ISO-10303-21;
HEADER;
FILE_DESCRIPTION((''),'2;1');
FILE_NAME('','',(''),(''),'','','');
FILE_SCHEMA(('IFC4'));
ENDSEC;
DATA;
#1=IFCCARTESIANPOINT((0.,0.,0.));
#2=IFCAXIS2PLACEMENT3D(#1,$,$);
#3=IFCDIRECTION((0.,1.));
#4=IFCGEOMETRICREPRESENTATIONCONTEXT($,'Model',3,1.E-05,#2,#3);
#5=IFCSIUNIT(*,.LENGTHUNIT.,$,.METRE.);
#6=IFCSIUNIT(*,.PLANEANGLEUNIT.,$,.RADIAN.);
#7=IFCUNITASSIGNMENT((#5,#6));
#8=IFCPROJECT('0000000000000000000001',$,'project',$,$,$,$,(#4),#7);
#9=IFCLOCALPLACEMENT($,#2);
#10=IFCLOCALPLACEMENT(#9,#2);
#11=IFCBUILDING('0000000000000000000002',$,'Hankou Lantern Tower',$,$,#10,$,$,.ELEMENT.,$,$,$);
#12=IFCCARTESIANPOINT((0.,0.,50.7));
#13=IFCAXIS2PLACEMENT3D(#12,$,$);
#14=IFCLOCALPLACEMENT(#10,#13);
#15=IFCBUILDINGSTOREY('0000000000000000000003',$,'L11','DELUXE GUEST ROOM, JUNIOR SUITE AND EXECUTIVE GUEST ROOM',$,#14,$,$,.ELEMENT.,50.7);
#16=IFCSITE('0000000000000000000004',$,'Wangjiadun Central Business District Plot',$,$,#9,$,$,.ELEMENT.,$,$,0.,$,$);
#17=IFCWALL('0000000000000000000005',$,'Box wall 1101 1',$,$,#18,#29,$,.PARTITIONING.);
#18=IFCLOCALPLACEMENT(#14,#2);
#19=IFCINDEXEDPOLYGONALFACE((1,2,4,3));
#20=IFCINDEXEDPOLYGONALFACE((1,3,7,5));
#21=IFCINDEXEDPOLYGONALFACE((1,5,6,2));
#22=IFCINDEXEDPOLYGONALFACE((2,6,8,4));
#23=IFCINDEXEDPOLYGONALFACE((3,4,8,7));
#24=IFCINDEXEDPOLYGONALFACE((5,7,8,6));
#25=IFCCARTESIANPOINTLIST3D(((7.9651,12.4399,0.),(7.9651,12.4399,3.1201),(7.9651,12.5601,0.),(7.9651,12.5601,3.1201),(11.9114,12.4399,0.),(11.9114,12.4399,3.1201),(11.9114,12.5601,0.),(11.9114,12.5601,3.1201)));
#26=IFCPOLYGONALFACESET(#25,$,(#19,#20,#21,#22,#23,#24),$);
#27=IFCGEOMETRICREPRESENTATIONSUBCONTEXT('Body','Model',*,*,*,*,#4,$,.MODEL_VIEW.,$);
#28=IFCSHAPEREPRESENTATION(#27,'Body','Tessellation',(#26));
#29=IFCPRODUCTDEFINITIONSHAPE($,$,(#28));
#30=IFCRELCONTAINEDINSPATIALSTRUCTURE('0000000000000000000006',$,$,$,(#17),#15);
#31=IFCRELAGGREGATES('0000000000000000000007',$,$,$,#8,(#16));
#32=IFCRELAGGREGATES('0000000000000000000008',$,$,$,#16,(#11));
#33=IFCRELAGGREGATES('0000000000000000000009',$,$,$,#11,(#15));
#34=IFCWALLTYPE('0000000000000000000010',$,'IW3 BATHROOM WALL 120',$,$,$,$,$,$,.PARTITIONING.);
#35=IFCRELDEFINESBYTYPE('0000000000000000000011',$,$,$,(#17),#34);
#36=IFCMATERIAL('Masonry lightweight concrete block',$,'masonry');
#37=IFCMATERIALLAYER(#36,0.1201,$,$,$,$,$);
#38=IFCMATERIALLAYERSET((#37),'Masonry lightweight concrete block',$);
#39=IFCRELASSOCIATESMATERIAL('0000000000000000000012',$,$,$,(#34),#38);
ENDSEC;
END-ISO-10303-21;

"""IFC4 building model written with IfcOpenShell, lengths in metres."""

from ifc_helpers import new_model, si_unit, direction, frame, frame_2d, origin, place, context, subcontext, project, spatial, rectangle, extrude, material, layer, layer_set, type_object, element, save


model = new_model("IFC4")

# Units and contexts
model_context = context("Model", 3, precision=1e-05, world=origin(), true_north=direction((0.0, 1.0)))
body_context = subcontext(model_context, "Body", "Model", "MODEL_VIEW")
ifc_project = project(units=[si_unit("LENGTHUNIT", "METRE"), si_unit("PLANEANGLEUNIT", "RADIAN")], contexts=[model_context])

# Site, building, storey
site_placement = place(None, origin())
site = spatial("IfcSite", under=ifc_project, at=site_placement, Name="Wangjiadun Central Business District Plot", CompositionType="ELEMENT", RefElevation=0.0)
building_placement = place(site_placement, origin())
building = spatial("IfcBuilding", under=site, at=building_placement, Name="Hankou Lantern Tower", CompositionType="ELEMENT")
storey_placement = place(building_placement, frame((0.0, 0.0, 50.7)))
storey = spatial("IfcBuildingStorey", under=building, at=storey_placement, Name="L11", Description="DELUXE GUEST ROOM, JUNIOR SUITE AND EXECUTIVE GUEST ROOM", CompositionType="ELEMENT", Elevation=50.7)

# Wall
ifc_material_1 = material(Name="Masonry lightweight concrete block", Category="masonry")
ifc_layer_1 = layer(ifc_material_1, 0.1201)
ifc_layer_set_1 = layer_set([ifc_layer_1], Name="Masonry lightweight concrete block")
wall_type_1 = type_object("IfcWallType", Name="IW3 BATHROOM WALL 120", PredefinedType="PARTITIONING", material=ifc_layer_set_1)
wall_1_placement = place(storey_placement, frame((11.9114, 12.5, 0.0), z_axis=(0.0, 0.0, 1.0), x_axis=(-1.0, 0.0, 0.0)))
element("IfcWall", 1, at=wall_1_placement, inside=storey, type_object=wall_type_1, Name="Box wall 1101 1", PredefinedType="PARTITIONING", context=body_context, shape_type="SweptSolid", body=[
    extrude(rectangle(XDim=3.9463, YDim=0.1201, at=frame_2d((1.9731, 0.0))), origin(), (0.0, 0.0, 1.0), 3.1201),
])

save(model, "model.ifc")
